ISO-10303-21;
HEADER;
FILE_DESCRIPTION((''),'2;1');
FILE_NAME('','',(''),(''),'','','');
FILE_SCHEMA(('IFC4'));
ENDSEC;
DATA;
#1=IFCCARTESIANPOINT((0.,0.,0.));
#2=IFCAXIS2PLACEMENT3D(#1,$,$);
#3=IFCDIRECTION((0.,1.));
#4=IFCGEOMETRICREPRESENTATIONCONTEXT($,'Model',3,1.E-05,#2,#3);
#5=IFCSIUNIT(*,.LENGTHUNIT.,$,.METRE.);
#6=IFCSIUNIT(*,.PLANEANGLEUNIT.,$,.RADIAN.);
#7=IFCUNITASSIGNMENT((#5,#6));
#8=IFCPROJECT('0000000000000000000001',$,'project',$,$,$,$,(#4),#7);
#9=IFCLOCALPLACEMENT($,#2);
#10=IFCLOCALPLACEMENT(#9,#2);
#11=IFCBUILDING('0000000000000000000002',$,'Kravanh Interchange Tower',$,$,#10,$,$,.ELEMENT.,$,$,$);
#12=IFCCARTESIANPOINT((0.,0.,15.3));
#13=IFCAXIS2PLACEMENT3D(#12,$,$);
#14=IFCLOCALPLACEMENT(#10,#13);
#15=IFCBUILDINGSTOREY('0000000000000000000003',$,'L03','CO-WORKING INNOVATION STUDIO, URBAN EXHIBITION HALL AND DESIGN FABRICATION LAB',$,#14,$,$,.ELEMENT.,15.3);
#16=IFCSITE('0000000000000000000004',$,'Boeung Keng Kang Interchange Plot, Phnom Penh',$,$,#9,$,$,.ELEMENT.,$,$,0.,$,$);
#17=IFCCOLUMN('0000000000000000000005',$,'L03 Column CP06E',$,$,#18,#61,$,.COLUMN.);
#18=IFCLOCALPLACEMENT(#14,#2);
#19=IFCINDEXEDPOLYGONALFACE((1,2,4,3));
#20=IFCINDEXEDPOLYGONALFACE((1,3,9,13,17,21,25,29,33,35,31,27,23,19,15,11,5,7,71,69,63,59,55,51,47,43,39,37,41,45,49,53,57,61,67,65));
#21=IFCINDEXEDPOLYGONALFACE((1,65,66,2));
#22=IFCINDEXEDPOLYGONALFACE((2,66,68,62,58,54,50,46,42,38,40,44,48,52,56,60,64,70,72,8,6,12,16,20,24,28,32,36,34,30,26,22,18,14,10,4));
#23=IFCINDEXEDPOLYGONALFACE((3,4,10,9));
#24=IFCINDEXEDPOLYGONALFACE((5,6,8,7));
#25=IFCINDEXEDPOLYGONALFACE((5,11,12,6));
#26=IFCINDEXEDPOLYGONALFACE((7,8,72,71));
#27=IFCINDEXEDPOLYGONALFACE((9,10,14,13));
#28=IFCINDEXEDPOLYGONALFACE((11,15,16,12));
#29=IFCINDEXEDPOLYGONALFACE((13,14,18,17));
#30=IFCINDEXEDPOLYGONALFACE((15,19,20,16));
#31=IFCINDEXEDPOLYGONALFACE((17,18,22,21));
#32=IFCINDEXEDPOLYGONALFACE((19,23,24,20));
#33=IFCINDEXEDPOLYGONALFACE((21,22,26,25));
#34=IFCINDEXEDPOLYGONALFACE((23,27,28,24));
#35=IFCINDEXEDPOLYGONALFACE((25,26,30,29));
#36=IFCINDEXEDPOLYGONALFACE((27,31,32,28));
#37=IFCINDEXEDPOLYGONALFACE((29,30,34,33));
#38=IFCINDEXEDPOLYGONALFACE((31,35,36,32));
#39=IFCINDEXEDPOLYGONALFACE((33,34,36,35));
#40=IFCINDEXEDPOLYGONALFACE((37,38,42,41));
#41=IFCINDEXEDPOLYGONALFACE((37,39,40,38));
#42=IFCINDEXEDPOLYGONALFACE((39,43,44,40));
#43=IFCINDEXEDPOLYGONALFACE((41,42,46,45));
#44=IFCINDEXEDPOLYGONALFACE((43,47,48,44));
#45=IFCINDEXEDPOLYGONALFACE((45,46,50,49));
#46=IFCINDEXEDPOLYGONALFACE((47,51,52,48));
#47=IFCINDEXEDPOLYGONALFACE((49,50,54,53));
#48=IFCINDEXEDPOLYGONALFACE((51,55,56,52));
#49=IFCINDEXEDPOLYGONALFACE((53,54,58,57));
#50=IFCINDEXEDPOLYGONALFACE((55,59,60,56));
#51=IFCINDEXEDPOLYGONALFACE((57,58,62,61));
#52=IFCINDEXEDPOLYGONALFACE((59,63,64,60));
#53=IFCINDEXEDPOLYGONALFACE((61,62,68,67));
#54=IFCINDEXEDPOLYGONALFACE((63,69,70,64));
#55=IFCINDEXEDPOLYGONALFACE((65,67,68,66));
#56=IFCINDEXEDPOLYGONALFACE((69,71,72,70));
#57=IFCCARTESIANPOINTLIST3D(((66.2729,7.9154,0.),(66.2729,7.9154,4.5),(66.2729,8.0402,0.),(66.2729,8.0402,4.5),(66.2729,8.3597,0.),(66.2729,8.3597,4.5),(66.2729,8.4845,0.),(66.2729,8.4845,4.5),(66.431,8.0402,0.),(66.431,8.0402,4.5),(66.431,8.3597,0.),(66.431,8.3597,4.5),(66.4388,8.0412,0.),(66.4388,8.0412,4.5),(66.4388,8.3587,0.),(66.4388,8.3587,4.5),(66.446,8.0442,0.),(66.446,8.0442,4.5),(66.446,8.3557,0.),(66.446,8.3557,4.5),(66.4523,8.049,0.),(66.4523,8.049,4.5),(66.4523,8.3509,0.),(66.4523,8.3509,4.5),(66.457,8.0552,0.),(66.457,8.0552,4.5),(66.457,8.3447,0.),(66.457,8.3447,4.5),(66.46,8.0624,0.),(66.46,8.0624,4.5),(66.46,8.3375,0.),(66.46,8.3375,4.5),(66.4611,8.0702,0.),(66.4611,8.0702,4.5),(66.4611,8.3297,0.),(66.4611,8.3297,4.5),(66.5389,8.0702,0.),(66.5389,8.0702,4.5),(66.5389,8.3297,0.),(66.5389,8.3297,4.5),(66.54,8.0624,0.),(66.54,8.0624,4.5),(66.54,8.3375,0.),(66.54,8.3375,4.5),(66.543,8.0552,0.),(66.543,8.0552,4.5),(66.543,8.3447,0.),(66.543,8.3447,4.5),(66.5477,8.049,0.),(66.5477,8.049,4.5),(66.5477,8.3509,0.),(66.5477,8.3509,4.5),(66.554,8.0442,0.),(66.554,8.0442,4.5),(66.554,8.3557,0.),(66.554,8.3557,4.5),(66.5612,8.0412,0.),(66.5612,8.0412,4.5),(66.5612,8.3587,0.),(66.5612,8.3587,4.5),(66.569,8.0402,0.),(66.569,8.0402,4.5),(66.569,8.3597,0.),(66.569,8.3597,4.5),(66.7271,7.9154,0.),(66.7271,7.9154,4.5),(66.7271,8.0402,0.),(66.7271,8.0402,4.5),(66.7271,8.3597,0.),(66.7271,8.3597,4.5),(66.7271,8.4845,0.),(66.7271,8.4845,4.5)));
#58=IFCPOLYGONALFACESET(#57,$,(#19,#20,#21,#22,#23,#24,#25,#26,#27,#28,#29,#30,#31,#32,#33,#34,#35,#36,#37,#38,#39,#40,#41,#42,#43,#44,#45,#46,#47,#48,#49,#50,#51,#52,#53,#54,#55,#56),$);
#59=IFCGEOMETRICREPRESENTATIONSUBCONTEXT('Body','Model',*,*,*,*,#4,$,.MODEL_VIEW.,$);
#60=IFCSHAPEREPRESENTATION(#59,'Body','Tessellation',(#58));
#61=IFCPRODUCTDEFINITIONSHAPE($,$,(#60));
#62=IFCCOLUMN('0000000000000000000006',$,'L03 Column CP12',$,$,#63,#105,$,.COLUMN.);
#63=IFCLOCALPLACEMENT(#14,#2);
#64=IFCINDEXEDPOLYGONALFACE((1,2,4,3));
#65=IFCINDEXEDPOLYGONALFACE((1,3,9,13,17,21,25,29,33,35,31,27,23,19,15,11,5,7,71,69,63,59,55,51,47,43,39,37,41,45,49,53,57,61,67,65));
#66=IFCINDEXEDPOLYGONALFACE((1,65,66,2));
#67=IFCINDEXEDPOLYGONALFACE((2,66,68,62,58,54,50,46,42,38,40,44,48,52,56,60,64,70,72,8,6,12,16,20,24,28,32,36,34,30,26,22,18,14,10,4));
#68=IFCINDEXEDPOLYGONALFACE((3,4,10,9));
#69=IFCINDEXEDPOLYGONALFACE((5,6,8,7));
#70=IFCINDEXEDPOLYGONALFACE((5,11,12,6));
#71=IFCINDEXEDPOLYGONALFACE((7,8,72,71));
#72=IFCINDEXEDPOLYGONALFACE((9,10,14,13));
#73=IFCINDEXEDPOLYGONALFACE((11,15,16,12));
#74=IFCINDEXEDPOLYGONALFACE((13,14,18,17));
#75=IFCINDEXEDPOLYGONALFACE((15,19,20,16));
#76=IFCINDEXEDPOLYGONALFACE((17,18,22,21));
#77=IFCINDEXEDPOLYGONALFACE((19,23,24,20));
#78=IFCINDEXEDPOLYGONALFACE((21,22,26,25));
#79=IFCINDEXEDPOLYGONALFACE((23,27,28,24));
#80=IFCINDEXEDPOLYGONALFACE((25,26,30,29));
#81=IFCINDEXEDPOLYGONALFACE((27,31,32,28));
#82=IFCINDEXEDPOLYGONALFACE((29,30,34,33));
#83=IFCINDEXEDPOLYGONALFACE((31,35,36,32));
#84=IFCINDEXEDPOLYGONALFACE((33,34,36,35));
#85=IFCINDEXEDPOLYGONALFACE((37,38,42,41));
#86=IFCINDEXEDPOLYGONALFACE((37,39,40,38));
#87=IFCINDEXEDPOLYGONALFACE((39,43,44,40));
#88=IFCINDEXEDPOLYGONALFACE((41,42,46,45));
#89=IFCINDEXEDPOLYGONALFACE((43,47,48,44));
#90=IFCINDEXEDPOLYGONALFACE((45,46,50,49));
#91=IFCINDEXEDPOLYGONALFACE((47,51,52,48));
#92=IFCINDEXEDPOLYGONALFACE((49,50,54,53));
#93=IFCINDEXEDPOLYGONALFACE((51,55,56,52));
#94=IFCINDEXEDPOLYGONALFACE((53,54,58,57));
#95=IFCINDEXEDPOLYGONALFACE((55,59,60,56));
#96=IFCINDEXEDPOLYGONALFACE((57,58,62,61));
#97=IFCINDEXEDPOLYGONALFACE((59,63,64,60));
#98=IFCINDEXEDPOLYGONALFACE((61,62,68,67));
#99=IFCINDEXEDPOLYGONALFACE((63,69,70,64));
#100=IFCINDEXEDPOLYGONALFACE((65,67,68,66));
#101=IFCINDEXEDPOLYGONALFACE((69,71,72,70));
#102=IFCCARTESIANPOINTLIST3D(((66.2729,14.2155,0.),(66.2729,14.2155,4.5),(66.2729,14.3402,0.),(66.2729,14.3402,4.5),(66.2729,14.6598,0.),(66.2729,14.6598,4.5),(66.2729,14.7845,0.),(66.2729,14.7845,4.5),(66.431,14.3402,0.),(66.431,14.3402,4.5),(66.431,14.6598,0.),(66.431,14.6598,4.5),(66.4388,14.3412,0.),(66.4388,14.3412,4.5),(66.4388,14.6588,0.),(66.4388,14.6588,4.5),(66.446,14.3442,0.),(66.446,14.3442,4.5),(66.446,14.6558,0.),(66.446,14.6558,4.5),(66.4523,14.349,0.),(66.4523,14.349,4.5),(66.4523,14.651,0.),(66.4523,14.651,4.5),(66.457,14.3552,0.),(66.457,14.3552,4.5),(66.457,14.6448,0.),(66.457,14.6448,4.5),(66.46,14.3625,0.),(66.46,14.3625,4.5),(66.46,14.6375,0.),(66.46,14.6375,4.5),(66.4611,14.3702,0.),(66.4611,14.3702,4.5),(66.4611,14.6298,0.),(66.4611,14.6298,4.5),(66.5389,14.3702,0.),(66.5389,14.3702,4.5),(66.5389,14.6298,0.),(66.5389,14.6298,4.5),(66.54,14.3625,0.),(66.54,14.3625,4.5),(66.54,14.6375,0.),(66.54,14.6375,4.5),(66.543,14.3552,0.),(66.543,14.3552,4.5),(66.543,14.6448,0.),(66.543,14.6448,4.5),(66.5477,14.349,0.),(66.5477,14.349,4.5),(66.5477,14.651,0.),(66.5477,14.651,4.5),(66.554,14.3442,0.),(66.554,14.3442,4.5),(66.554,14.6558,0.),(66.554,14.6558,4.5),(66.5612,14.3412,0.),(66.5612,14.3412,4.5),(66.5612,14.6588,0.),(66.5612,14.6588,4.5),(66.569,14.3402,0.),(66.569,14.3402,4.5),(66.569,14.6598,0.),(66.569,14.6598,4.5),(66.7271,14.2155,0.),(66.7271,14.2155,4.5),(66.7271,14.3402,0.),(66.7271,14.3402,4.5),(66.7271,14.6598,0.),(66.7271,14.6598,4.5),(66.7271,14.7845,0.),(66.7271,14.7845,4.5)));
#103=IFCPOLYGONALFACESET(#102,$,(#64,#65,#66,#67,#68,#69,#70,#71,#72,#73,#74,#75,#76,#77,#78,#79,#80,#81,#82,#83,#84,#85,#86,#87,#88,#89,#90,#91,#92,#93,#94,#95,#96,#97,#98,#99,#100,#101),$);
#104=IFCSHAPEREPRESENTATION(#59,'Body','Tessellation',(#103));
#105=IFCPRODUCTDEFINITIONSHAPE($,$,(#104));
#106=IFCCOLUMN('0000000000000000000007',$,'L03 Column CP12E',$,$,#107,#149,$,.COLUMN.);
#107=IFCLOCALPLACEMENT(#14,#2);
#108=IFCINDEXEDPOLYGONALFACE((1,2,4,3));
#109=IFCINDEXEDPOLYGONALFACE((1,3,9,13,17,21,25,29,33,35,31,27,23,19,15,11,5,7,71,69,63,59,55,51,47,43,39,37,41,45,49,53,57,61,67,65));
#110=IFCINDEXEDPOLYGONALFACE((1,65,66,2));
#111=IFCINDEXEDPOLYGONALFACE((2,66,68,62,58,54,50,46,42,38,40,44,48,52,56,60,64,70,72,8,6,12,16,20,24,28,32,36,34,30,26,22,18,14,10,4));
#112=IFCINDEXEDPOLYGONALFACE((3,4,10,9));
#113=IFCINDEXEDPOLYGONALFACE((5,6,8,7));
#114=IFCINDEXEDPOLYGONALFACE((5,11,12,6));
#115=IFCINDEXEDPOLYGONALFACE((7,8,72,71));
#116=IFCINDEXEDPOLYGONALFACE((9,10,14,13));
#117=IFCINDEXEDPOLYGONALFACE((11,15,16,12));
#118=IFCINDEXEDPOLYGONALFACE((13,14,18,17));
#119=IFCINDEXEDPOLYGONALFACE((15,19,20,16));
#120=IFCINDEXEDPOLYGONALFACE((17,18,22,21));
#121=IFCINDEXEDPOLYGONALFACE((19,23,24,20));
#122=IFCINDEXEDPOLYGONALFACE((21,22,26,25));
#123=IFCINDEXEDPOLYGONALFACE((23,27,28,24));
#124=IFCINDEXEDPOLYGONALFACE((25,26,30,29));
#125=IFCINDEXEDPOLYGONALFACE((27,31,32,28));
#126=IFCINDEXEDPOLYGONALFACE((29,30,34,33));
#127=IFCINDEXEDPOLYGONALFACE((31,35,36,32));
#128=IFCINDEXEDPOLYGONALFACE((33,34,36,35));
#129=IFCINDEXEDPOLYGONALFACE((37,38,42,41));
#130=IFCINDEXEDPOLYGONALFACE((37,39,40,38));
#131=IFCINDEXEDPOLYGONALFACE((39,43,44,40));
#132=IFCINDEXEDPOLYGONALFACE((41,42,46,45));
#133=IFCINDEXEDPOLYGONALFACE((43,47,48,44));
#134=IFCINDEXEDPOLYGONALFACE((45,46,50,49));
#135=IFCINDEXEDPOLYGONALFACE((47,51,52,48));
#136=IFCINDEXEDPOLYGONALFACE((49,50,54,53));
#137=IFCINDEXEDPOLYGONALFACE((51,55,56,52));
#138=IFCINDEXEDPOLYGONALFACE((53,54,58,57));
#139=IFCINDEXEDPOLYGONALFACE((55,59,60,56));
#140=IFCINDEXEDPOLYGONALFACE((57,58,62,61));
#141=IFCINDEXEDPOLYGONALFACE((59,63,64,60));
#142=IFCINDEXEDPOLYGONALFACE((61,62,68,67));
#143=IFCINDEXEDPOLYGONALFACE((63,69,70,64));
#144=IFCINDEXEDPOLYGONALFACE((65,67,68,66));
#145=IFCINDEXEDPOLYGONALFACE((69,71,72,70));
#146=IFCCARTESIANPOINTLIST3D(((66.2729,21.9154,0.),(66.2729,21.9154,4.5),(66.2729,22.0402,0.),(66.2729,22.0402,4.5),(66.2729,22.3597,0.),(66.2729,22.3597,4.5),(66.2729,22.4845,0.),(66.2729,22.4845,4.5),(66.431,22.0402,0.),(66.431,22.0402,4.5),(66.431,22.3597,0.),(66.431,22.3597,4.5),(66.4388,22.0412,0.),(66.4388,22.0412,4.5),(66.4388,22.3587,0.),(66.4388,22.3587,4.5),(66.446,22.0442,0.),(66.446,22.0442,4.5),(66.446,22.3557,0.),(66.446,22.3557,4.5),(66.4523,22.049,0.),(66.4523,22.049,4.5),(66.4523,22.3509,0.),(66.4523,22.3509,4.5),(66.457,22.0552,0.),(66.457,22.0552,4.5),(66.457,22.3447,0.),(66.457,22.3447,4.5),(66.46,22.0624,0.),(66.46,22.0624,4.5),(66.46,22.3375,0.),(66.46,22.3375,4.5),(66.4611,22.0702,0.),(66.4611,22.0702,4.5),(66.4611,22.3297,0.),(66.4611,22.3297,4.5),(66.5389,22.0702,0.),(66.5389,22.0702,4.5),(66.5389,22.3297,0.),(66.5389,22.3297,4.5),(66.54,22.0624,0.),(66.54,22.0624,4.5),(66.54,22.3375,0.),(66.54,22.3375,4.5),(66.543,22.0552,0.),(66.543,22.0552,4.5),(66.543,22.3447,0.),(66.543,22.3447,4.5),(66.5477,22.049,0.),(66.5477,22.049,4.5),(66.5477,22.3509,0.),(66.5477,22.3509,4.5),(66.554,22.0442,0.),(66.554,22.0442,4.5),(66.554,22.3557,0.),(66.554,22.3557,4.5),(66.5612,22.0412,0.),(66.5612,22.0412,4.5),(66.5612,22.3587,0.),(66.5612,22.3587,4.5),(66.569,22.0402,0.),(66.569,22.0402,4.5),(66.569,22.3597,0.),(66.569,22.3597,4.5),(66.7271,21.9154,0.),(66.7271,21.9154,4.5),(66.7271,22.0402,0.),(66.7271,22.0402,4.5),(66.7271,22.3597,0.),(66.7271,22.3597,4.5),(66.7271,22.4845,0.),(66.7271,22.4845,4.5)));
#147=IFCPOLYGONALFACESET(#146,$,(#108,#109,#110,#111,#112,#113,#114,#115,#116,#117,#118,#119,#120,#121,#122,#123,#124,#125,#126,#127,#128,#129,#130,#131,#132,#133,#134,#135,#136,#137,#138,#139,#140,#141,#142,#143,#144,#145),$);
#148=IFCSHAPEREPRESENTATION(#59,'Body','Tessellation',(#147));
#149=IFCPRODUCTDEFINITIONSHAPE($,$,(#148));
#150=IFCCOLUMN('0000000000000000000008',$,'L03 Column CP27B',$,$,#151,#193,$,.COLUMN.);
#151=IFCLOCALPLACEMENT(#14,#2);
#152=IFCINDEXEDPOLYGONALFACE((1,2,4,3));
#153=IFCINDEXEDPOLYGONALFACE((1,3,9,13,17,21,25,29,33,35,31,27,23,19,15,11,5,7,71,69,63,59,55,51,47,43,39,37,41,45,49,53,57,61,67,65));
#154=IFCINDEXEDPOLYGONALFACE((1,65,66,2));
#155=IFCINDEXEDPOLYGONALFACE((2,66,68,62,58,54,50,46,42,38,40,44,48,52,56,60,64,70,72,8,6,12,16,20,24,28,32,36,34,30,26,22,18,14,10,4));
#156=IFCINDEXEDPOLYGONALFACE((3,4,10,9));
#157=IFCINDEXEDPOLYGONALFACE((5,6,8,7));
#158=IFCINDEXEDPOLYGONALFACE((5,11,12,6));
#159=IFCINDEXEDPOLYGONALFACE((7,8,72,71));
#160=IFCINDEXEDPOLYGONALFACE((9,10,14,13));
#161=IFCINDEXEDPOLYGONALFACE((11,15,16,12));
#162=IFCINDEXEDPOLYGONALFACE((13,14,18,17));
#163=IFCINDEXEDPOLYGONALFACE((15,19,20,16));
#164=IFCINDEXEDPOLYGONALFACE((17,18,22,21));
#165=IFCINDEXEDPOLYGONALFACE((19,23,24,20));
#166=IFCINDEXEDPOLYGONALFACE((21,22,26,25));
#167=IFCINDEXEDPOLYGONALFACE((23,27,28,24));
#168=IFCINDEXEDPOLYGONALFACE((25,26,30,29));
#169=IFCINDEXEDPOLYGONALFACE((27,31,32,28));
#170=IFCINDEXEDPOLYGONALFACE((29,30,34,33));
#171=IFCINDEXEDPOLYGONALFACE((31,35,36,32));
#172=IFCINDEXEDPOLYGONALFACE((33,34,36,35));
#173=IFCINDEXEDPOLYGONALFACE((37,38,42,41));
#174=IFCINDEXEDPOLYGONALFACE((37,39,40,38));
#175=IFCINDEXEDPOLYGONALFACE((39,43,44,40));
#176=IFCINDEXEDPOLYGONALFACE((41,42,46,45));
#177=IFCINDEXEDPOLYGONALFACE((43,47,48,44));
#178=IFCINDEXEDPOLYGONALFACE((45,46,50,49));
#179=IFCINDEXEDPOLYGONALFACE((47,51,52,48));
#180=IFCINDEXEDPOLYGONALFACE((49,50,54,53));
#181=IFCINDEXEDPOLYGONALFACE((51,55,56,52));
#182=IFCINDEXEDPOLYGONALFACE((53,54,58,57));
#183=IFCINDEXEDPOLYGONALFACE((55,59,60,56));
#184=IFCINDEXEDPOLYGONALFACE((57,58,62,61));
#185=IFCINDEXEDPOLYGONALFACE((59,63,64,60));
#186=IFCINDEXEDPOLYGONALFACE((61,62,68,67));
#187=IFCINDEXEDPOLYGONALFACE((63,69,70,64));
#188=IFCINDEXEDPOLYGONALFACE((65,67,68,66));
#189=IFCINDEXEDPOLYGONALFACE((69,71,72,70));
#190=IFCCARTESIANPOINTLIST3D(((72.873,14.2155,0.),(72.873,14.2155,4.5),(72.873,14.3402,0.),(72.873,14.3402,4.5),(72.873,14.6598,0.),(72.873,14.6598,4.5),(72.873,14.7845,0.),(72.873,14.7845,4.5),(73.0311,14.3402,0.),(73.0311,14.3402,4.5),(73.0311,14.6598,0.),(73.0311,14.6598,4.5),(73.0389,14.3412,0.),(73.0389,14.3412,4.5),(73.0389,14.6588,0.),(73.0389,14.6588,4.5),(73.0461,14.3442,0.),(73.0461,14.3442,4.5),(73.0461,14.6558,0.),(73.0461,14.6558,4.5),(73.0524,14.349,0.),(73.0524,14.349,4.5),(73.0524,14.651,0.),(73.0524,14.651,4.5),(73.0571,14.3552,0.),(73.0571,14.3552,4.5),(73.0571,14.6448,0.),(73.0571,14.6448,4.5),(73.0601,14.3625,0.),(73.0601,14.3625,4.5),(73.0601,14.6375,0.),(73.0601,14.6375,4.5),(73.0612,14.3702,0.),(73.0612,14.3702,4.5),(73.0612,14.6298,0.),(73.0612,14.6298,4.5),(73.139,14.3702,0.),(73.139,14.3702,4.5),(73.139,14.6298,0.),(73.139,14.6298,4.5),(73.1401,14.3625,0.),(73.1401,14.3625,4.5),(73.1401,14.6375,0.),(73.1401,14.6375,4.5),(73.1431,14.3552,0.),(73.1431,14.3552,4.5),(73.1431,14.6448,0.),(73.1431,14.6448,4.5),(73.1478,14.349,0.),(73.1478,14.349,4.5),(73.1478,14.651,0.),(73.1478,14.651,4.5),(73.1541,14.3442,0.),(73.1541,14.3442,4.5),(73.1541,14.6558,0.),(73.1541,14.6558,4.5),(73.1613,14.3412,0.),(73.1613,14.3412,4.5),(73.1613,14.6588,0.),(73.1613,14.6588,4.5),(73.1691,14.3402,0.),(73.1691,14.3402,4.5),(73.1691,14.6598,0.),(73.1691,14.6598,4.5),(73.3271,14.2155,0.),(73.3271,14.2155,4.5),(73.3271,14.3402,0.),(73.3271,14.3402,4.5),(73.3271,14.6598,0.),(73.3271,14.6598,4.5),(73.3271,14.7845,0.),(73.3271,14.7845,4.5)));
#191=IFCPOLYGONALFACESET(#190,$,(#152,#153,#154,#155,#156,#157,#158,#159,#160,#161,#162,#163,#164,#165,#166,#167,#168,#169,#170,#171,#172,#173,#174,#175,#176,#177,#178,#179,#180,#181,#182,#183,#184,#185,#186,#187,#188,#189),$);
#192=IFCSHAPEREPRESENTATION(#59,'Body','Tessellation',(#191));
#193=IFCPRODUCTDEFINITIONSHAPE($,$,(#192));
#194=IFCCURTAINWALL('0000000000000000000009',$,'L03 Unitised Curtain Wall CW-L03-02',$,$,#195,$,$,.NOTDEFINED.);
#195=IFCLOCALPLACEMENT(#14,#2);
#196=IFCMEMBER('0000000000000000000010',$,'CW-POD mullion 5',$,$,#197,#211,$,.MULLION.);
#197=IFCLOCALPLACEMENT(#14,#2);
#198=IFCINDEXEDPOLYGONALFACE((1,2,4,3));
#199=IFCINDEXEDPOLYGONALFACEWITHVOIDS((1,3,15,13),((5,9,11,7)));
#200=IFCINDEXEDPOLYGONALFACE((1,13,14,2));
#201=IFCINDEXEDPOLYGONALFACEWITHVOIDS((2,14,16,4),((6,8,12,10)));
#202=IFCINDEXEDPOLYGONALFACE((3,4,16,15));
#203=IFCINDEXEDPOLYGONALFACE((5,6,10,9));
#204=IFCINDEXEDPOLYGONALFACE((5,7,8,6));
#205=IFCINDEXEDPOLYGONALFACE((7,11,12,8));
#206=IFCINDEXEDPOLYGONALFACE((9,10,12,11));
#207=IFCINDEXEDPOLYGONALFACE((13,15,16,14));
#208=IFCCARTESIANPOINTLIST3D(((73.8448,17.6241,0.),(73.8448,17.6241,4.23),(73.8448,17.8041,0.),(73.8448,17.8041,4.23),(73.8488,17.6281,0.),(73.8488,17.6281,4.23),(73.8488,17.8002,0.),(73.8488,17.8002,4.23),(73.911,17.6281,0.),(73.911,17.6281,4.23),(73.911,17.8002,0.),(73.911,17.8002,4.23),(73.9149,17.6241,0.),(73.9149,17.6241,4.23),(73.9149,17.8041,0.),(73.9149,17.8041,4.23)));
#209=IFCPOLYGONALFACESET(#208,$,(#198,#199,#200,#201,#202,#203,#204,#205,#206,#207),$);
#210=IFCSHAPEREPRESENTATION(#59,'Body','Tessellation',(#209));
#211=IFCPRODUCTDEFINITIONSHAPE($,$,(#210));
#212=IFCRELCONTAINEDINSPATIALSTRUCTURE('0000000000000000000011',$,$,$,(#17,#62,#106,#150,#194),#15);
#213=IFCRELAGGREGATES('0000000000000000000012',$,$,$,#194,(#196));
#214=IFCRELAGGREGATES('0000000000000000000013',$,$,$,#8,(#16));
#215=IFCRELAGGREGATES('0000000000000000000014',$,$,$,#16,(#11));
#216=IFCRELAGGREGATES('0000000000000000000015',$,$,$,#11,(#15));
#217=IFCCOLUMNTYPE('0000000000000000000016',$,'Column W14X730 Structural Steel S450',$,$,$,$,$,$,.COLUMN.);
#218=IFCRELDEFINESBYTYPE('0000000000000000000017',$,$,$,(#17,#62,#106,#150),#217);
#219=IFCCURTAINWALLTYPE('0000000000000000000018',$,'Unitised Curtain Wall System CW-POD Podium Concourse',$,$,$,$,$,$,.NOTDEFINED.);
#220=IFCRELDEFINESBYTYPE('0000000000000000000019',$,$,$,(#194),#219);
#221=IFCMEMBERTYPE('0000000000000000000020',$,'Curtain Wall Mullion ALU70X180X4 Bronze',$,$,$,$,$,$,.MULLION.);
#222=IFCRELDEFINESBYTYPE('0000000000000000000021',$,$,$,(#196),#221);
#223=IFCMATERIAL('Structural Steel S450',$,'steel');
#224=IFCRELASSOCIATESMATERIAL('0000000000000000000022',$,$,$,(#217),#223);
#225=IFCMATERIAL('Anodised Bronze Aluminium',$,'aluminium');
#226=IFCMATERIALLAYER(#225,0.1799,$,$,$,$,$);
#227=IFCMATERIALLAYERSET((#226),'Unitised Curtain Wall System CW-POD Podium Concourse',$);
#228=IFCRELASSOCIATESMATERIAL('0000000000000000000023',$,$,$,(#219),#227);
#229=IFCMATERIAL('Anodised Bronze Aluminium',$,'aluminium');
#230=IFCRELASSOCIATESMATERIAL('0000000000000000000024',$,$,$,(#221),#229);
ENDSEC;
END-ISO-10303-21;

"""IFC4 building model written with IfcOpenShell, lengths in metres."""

from ifc_helpers import new_model, si_unit, direction, frame, origin, origin_2d, place, context, subcontext, project, spatial, hollow_rectangle, i_section, extrude, material, layer, layer_set, material_profile, profile_set, type_object, element, aggregate, save


model = new_model("IFC4")

# Units and contexts
model_context = context("Model", 3, precision=1e-05, world=origin(), true_north=direction((0.0, 1.0)))
body_context = subcontext(model_context, "Body", "Model", "MODEL_VIEW")
ifc_project = project(units=[si_unit("LENGTHUNIT", "METRE"), si_unit("PLANEANGLEUNIT", "RADIAN")], contexts=[model_context])

# Site, building, storey
site_placement = place(None, origin())
site = spatial("IfcSite", under=ifc_project, at=site_placement, Name="Boeung Keng Kang Interchange Plot, Phnom Penh", CompositionType="ELEMENT", RefElevation=0.0)
building_placement = place(site_placement, origin())
building = spatial("IfcBuilding", under=site, at=building_placement, Name="Kravanh Interchange Tower", CompositionType="ELEMENT")
storey_placement = place(building_placement, frame((0.0, 0.0, 15.3)))
storey = spatial("IfcBuildingStorey", under=building, at=storey_placement, Name="L03", Description="CO-WORKING INNOVATION STUDIO, URBAN EXHIBITION HALL AND DESIGN FABRICATION LAB", CompositionType="ELEMENT", Elevation=15.3)

# Columns
ifc_material_1 = material(Name="Structural Steel S450", Category="steel")
ifc_material_profile_1 = material_profile(ifc_material_1, i_section(OverallWidth=0.4541, OverallDepth=0.5691, WebThickness=0.0779, FlangeThickness=0.1248, FilletRadius=0.03, at=origin_2d()), Name="W14X730")
ifc_profile_set_1 = profile_set([ifc_material_profile_1], Name="Structural Steel S450")
column_type = type_object("IfcColumnType", Name="Column W14X730 Structural Steel S450", PredefinedType="COLUMN", material=ifc_profile_set_1)
for number, where, z_axis, x_axis, name in (
    (1, (66.5, 8.2, 0.0), (0.0, 0.0, 1.0), (1.0, 0.0, 0.0), "L03 Column CP06E"),
    (2, (66.5, 14.5, 0.0), (0.0, 0.0, 1.0), (1.0, 0.0, 0.0), "L03 Column CP12"),
    (3, (66.5, 22.2, 0.0), (0.0, 0.0, 1.0), (1.0, 0.0, 0.0), "L03 Column CP12E"),
    (4, (73.1001, 14.5, 0.0), (0.0, 0.0, 1.0), (1.0, 0.0, 0.0), "L03 Column CP27B"),
):
    element("IfcColumn", number, at=place(storey_placement, frame(where, z_axis=z_axis, x_axis=x_axis)), inside=storey, type_object=column_type, Name=name, PredefinedType="COLUMN", context=body_context, shape_type="SweptSolid", body=[
        extrude(i_section(OverallWidth=0.4541, OverallDepth=0.5691, WebThickness=0.0779, FlangeThickness=0.1248, FilletRadius=0.03, at=origin_2d()), origin(), (0.0, 0.0, 1.0), 4.5),
    ])

# Curtain wall, member
ifc_material_2 = material(Name="Anodised Bronze Aluminium", Category="aluminium")
ifc_layer_1 = layer(ifc_material_2, 0.1799)
ifc_layer_set_1 = layer_set([ifc_layer_1], Name="Unitised Curtain Wall System CW-POD Podium Concourse")
curtain_wall_type = type_object("IfcCurtainWallType", Name="Unitised Curtain Wall System CW-POD Podium Concourse", PredefinedType="NOTDEFINED", material=ifc_layer_set_1)
curtain_wall_placement = place(storey_placement, origin())
curtain_wall = element("IfcCurtainWall", 5, at=curtain_wall_placement, inside=storey, type_object=curtain_wall_type, Name="L03 Unitised Curtain Wall CW-L03-02", PredefinedType="NOTDEFINED")
ifc_material_3 = material(Name="Anodised Bronze Aluminium", Category="aluminium")
ifc_material_profile_2 = material_profile(ifc_material_3, hollow_rectangle(XDim=0.0701, YDim=0.1799, WallThickness=0.0039, at=origin_2d()), Name="ALU70X180X4")
ifc_profile_set_2 = profile_set([ifc_material_profile_2], Name="Anodised Bronze Aluminium")
member_type_1 = type_object("IfcMemberType", Name="Curtain Wall Mullion ALU70X180X4 Bronze", PredefinedType="MULLION", material=ifc_profile_set_2)
member_1_placement = place(storey_placement, frame((73.8799, 17.7141, 0.0), z_axis=(0.0, 0.0, 1.0), x_axis=(1.0, 0.0, 0.0)))
member_1 = element("IfcMember", 6, at=member_1_placement, type_object=member_type_1, Name="CW-POD mullion 5", PredefinedType="MULLION", context=body_context, shape_type="SweptSolid", body=[
    extrude(hollow_rectangle(XDim=0.0701, YDim=0.1799, WallThickness=0.0039, at=origin_2d()), origin(), (0.0, 0.0, 1.0), 4.23),
])

aggregate(curtain_wall, [member_1])

save(model, "model.ifc")
